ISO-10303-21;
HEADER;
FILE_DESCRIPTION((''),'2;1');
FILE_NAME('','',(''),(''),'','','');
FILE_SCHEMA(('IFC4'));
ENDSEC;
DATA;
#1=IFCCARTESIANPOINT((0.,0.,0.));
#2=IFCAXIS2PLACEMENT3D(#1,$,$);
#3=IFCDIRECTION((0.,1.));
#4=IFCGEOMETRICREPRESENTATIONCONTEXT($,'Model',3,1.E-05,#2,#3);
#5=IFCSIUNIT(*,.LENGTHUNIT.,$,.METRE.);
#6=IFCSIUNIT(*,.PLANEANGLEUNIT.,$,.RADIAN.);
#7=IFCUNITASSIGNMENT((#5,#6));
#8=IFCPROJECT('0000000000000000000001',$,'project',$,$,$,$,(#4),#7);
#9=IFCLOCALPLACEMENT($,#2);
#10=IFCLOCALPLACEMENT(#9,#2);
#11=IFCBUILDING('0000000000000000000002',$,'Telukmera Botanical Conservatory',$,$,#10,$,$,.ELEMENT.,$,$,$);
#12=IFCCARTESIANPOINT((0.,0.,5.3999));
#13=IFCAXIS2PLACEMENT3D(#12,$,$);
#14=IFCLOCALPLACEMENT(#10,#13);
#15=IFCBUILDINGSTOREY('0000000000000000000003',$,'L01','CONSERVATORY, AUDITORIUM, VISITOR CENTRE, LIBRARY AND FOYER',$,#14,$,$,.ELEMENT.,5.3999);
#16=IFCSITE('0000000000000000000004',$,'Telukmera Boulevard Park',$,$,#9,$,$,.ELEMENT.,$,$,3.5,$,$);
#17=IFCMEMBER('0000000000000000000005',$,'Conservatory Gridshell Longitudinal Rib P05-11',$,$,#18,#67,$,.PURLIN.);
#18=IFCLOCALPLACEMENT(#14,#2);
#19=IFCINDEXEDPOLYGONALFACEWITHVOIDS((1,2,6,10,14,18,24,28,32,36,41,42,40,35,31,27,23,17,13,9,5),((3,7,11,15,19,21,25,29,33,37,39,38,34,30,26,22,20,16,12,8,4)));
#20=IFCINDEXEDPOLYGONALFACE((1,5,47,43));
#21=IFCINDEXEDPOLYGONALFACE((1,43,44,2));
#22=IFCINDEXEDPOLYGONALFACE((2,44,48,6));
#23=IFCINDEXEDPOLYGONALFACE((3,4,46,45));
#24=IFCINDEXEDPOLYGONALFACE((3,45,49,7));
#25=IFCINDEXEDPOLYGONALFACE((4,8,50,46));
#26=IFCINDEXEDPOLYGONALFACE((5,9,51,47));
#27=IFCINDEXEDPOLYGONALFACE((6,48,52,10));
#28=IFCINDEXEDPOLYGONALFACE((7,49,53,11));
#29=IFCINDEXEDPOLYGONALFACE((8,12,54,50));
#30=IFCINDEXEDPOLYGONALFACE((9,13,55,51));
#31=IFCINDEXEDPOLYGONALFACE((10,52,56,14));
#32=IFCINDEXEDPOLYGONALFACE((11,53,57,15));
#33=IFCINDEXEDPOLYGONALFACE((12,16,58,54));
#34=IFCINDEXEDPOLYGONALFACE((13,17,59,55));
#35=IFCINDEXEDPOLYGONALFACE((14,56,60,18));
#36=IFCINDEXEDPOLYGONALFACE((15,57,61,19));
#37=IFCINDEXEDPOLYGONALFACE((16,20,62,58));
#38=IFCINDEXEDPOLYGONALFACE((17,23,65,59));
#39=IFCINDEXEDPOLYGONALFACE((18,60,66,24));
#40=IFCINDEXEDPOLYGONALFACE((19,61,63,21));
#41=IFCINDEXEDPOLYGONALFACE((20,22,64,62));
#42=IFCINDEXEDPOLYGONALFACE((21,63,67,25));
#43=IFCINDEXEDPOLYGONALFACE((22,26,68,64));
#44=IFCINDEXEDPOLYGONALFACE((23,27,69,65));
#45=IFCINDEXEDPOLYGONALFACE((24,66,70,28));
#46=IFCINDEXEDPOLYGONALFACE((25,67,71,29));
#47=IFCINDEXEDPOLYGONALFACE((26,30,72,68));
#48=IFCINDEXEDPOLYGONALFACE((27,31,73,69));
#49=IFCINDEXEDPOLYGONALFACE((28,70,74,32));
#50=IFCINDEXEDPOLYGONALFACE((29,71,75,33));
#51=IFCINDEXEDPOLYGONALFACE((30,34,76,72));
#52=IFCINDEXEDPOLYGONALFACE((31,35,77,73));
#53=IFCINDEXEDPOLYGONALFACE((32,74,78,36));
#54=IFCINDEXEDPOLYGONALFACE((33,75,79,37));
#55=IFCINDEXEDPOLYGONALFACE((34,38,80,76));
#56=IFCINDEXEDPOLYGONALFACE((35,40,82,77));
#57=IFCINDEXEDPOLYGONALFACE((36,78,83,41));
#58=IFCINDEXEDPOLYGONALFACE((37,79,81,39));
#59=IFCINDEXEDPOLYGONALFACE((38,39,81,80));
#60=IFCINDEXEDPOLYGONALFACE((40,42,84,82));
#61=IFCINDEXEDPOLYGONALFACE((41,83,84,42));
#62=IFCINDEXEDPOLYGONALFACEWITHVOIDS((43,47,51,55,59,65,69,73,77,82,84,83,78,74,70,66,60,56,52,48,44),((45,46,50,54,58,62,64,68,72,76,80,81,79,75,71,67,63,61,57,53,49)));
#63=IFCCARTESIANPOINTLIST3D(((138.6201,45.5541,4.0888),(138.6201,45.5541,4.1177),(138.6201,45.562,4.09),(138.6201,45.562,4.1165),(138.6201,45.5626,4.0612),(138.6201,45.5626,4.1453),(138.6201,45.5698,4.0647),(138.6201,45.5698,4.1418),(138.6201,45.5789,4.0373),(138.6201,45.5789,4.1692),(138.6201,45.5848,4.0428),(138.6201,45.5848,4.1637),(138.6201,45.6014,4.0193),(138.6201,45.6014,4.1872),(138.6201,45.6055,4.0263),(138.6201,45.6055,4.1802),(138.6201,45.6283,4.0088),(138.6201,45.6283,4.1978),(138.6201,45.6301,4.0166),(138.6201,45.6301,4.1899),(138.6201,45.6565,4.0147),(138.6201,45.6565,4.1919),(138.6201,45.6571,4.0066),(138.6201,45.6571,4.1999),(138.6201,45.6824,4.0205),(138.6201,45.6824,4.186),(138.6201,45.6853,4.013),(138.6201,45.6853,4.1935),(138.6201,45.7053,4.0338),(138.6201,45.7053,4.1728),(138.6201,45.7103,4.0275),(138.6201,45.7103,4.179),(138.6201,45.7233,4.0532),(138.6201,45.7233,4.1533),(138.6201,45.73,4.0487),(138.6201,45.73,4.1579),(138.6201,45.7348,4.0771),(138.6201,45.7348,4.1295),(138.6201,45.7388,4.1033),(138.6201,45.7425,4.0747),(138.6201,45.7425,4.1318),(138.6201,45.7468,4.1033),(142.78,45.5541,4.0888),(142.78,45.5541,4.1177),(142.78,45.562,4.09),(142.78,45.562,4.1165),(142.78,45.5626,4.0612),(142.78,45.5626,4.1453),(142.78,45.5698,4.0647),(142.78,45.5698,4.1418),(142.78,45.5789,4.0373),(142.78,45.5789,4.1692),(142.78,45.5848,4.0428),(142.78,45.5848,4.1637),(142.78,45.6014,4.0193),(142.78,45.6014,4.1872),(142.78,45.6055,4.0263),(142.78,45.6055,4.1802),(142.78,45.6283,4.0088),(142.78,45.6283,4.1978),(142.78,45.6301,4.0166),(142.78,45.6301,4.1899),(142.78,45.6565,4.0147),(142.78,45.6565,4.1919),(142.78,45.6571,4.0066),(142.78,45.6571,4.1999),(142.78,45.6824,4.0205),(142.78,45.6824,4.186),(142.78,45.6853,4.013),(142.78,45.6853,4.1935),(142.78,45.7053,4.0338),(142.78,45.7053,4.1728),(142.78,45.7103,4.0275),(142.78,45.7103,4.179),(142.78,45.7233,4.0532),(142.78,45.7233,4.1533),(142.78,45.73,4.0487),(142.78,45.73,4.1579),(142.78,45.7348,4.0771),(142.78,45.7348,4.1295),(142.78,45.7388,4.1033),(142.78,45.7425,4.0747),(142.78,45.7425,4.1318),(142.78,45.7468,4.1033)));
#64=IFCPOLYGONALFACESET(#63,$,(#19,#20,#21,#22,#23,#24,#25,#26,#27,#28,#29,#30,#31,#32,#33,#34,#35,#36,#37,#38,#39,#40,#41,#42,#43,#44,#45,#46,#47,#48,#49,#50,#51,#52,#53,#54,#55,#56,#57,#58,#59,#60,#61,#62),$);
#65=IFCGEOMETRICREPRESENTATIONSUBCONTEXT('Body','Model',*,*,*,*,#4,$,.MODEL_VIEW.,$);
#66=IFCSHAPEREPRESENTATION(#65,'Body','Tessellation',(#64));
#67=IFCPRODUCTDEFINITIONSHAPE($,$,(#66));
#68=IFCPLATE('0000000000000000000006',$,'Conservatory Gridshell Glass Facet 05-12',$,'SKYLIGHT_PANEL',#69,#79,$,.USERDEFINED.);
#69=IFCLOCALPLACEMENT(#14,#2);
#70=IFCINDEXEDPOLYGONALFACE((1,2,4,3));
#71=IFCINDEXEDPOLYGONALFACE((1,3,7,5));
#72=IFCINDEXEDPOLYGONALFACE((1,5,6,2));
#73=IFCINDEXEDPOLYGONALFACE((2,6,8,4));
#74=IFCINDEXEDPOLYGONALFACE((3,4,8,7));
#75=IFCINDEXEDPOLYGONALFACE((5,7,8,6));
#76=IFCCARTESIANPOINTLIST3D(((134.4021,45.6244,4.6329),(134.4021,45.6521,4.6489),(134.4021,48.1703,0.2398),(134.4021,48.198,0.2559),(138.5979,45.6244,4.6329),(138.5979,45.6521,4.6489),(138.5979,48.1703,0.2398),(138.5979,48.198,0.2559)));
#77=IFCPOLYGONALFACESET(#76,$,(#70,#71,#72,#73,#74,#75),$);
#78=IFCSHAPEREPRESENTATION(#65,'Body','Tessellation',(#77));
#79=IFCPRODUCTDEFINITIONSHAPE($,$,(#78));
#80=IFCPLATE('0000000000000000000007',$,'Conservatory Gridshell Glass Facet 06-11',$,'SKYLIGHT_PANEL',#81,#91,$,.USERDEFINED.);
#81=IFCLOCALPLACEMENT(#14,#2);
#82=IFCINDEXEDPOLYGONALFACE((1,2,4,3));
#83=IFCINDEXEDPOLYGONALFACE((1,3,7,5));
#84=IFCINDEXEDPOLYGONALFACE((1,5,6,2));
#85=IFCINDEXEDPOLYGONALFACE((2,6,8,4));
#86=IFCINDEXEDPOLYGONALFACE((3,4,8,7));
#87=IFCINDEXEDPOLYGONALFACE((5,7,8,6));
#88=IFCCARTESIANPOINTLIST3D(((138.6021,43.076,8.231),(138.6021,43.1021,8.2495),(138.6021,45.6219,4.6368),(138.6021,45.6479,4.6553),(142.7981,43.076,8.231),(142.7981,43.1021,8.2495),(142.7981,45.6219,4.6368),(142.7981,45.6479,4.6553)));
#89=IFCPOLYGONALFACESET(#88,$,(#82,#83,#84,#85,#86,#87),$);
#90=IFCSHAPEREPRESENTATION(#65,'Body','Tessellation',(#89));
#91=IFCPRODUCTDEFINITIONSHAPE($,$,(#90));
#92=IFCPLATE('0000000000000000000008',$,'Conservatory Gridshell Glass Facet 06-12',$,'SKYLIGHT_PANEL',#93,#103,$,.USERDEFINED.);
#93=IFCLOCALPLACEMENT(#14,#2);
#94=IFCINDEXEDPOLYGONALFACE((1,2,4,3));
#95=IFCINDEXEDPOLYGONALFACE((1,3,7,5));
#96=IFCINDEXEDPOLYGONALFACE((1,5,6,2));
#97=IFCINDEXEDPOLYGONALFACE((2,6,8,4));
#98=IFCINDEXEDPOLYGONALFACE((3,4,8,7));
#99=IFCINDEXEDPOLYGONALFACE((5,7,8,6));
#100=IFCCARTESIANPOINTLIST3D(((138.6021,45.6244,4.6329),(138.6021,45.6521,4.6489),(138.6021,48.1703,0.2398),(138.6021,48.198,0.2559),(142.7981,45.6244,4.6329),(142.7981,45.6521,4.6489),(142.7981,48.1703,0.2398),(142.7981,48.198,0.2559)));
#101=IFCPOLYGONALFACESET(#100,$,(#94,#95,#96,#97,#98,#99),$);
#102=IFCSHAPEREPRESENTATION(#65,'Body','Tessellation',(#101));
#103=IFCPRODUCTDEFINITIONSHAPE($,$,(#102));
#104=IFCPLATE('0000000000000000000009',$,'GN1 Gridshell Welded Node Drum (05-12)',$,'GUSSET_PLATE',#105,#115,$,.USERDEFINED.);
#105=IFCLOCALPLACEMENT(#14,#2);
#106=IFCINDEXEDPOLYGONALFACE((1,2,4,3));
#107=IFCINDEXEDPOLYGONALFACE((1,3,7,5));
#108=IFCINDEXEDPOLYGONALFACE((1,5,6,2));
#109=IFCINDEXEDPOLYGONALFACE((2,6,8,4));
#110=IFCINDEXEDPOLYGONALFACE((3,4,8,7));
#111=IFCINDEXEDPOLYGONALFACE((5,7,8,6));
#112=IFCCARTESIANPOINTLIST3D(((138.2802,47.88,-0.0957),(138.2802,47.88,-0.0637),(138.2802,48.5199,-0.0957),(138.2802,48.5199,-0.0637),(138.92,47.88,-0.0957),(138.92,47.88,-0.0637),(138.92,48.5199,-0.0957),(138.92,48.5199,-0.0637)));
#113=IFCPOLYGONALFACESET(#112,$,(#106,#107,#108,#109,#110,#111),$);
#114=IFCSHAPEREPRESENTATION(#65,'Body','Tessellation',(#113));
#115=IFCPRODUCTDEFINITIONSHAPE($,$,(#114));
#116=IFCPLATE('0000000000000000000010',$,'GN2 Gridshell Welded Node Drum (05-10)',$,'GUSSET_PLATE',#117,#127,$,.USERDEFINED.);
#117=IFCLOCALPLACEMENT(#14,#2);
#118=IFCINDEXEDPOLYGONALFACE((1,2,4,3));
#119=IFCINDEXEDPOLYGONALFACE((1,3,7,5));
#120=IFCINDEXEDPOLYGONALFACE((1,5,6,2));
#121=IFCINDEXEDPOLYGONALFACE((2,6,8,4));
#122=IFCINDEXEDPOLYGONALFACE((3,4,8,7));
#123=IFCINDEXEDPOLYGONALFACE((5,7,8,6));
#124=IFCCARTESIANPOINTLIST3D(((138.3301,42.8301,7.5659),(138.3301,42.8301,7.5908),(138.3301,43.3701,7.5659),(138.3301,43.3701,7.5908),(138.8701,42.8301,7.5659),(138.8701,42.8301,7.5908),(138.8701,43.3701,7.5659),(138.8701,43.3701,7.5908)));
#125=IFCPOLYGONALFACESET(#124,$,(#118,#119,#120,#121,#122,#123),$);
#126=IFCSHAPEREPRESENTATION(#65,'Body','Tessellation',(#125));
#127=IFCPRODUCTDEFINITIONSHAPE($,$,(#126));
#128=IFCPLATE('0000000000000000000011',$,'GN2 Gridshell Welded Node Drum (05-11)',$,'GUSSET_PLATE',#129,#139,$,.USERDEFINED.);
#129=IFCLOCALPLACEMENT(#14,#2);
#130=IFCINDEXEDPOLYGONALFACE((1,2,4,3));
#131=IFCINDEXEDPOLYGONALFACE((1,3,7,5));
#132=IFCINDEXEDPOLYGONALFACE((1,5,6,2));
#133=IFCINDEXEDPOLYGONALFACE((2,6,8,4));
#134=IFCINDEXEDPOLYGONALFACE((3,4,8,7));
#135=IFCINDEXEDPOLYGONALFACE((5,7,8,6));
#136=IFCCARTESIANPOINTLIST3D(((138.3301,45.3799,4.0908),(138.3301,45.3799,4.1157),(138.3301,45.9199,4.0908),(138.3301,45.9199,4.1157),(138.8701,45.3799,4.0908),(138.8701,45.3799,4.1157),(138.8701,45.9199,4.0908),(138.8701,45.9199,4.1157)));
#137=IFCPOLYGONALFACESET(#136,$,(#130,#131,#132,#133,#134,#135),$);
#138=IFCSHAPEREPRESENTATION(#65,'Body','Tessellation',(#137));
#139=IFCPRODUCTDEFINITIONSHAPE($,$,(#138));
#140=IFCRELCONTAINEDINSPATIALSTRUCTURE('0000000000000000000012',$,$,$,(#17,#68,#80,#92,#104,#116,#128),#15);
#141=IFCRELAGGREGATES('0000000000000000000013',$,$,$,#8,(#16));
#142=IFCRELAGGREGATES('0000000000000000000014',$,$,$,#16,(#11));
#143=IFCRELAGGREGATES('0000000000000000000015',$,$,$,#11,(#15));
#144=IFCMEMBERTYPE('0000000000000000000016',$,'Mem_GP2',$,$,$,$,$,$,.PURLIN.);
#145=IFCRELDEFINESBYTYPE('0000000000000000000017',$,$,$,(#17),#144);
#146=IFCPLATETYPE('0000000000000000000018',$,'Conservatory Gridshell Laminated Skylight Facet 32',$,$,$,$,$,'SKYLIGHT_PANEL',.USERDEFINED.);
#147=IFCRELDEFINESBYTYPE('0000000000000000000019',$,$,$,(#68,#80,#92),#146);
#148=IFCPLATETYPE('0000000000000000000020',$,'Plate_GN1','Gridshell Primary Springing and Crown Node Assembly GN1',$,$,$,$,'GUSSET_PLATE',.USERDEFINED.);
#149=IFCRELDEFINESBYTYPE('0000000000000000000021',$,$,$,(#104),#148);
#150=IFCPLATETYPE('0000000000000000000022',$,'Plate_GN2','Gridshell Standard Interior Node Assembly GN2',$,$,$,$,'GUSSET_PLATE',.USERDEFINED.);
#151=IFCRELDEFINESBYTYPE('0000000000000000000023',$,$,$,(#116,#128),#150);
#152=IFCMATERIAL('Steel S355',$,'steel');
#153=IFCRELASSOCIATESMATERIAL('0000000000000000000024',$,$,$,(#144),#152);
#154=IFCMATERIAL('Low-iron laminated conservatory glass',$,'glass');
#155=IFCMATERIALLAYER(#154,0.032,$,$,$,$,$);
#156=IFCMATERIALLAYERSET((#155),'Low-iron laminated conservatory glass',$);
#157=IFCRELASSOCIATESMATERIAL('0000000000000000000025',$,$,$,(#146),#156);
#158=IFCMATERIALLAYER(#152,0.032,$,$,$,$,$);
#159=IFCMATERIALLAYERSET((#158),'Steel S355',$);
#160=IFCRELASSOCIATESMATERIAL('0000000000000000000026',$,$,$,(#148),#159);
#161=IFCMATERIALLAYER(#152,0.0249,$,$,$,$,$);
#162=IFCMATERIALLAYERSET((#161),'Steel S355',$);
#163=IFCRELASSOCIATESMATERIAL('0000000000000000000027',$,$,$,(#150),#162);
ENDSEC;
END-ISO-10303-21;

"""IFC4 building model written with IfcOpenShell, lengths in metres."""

from ifc_helpers import new_model, si_unit, direction, frame, origin, origin_2d, place, context, subcontext, project, spatial, polyline, rectangle, hollow_circle, outline, extrude, material, layer, layer_set, material_profile, profile_set, type_object, element, save


model = new_model("IFC4")

# Units and contexts
model_context = context("Model", 3, precision=1e-05, world=origin(), true_north=direction((0.0, 1.0)))
body_context = subcontext(model_context, "Body", "Model", "MODEL_VIEW")
ifc_project = project(units=[si_unit("LENGTHUNIT", "METRE"), si_unit("PLANEANGLEUNIT", "RADIAN")], contexts=[model_context])

# Site, building, storey
site_placement = place(None, origin())
site = spatial("IfcSite", under=ifc_project, at=site_placement, Name="Telukmera Boulevard Park", CompositionType="ELEMENT", RefElevation=3.5)
building_placement = place(site_placement, origin())
building = spatial("IfcBuilding", under=site, at=building_placement, Name="Telukmera Botanical Conservatory", CompositionType="ELEMENT")
storey_placement = place(building_placement, frame((0.0, 0.0, 5.3999)))
storey = spatial("IfcBuildingStorey", under=building, at=storey_placement, Name="L01", Description="CONSERVATORY, AUDITORIUM, VISITOR CENTRE, LIBRARY AND FOYER", CompositionType="ELEMENT", Elevation=5.3999)

# Shared definitions
ifc_material_1 = material(Name="Steel S355", Category="steel")

# Member
ifc_material_profile_1 = material_profile(ifc_material_1, hollow_circle(Radius=0.0969, WallThickness=0.0081, at=origin_2d()), Name="CHS 193.7x8.0")
ifc_profile_set_1 = profile_set([ifc_material_profile_1], Name="Steel S355")
member_type_1 = type_object("IfcMemberType", Name="Mem_GP2", PredefinedType="PURLIN", material=ifc_profile_set_1)
for number, where, z_axis, x_axis, name in (
    (1, (138.6201, 45.6499, 4.1033), (1.0, 0.0, 0.0), (0.0, 1.0, 0.0), "Conservatory Gridshell Longitudinal Rib P05-11"),
):
    element("IfcMember", number, at=place(storey_placement, frame(where, z_axis=z_axis, x_axis=x_axis)), inside=storey, type_object=member_type_1, Name=name, PredefinedType="PURLIN", context=body_context, shape_type="SweptSolid", body=[
        extrude(hollow_circle(Radius=0.0969, WallThickness=0.0081, at=origin_2d()), origin(), (0.0, 0.0, 1.0), 4.1599),
    ])

# Plates
ifc_material_2 = material(Name="Low-iron laminated conservatory glass", Category="glass")
ifc_layer_1 = layer(ifc_material_2, 0.032)
ifc_layer_set_1 = layer_set([ifc_layer_1], Name="Low-iron laminated conservatory glass")
plate_type_1 = type_object("IfcPlateType", Name="Conservatory Gridshell Laminated Skylight Facet 32", ElementType="SKYLIGHT_PANEL", PredefinedType="USERDEFINED", material=ifc_layer_set_1)
plate_1_placement = place(storey_placement, frame((134.4021, 45.6521, 4.6489), z_axis=(0.0, 0.865209, 0.501412), x_axis=(1.0, 0.0, 0.0)))
element("IfcPlate", 2, at=plate_1_placement, inside=storey, type_object=plate_type_1, Name="Conservatory Gridshell Glass Facet 05-12", ObjectType="SKYLIGHT_PANEL", PredefinedType="USERDEFINED", context=body_context, shape_type="SweptSolid", body=[
    extrude(outline(polyline([(0.0, 0.0), (4.1958, 0.0), (4.1958, 5.0775), (0.0, 5.0775), (0.0, 0.0)])), origin(), (0.0, 0.0, -1.0), 0.032),
])
plate_2_placement = place(storey_placement, frame((138.6021, 43.1021, 8.2495), z_axis=(0.0, 0.816027, 0.578014), x_axis=(1.0, 0.0, 0.0)))
element("IfcPlate", 3, at=plate_2_placement, inside=storey, type_object=plate_type_1, Name="Conservatory Gridshell Glass Facet 06-11", ObjectType="SKYLIGHT_PANEL", PredefinedType="USERDEFINED", context=body_context, shape_type="SweptSolid", body=[
    extrude(outline(polyline([(0.0, 0.0), (4.196, 0.0), (4.196, 4.4046), (0.0, 4.4046), (0.0, 0.0)])), origin(), (0.0, 0.0, -1.0), 0.032),
])
plate_3_placement = place(storey_placement, frame((138.6021, 45.6521, 4.6489), z_axis=(0.0, 0.865209, 0.501412), x_axis=(1.0, 0.0, 0.0)))
element("IfcPlate", 4, at=plate_3_placement, inside=storey, type_object=plate_type_1, Name="Conservatory Gridshell Glass Facet 06-12", ObjectType="SKYLIGHT_PANEL", PredefinedType="USERDEFINED", context=body_context, shape_type="SweptSolid", body=[
    extrude(outline(polyline([(0.0, 0.0), (4.196, 0.0), (4.196, 5.0775), (0.0, 5.0775), (0.0, 0.0)])), origin(), (0.0, 0.0, -1.0), 0.032),
])
ifc_layer_2 = layer(ifc_material_1, 0.032)
ifc_layer_set_2 = layer_set([ifc_layer_2], Name="Steel S355")
plate_type_2 = type_object("IfcPlateType", Name="Plate_GN1", Description="Gridshell Primary Springing and Crown Node Assembly GN1", ElementType="GUSSET_PLATE", PredefinedType="USERDEFINED", material=ifc_layer_set_2)
plate_4_placement = place(storey_placement, frame((138.6001, 48.2, -0.0957), z_axis=(0.0, 0.0, 1.0), x_axis=(1.0, 0.0, 0.0)))
element("IfcPlate", 5, at=plate_4_placement, inside=storey, type_object=plate_type_2, Name="GN1 Gridshell Welded Node Drum (05-12)", ObjectType="GUSSET_PLATE", PredefinedType="USERDEFINED", context=body_context, shape_type="SweptSolid", body=[
    extrude(rectangle(XDim=0.6399, YDim=0.6399, at=origin_2d()), origin(), (0.0, 0.0, 1.0), 0.032),
])
ifc_layer_3 = layer(ifc_material_1, 0.0249)
ifc_layer_set_3 = layer_set([ifc_layer_3], Name="Steel S355")
plate_type_3 = type_object("IfcPlateType", Name="Plate_GN2", Description="Gridshell Standard Interior Node Assembly GN2", ElementType="GUSSET_PLATE", PredefinedType="USERDEFINED", material=ifc_layer_set_3)
for number, where, z_axis, x_axis, name in (
    (6, (138.6001, 43.1001, 7.5659), (0.0, 0.0, 1.0), (1.0, 0.0, 0.0), "GN2 Gridshell Welded Node Drum (05-10)"),
    (7, (138.6001, 45.6499, 4.0908), (0.0, 0.0, 1.0), (1.0, 0.0, 0.0), "GN2 Gridshell Welded Node Drum (05-11)"),
):
    element("IfcPlate", number, at=place(storey_placement, frame(where, z_axis=z_axis, x_axis=x_axis)), inside=storey, type_object=plate_type_3, Name=name, ObjectType="GUSSET_PLATE", PredefinedType="USERDEFINED", context=body_context, shape_type="SweptSolid", body=[
        extrude(rectangle(XDim=0.54, YDim=0.54, at=origin_2d()), origin(), (0.0, 0.0, 1.0), 0.0249),
    ])

save(model, "model.ifc")
